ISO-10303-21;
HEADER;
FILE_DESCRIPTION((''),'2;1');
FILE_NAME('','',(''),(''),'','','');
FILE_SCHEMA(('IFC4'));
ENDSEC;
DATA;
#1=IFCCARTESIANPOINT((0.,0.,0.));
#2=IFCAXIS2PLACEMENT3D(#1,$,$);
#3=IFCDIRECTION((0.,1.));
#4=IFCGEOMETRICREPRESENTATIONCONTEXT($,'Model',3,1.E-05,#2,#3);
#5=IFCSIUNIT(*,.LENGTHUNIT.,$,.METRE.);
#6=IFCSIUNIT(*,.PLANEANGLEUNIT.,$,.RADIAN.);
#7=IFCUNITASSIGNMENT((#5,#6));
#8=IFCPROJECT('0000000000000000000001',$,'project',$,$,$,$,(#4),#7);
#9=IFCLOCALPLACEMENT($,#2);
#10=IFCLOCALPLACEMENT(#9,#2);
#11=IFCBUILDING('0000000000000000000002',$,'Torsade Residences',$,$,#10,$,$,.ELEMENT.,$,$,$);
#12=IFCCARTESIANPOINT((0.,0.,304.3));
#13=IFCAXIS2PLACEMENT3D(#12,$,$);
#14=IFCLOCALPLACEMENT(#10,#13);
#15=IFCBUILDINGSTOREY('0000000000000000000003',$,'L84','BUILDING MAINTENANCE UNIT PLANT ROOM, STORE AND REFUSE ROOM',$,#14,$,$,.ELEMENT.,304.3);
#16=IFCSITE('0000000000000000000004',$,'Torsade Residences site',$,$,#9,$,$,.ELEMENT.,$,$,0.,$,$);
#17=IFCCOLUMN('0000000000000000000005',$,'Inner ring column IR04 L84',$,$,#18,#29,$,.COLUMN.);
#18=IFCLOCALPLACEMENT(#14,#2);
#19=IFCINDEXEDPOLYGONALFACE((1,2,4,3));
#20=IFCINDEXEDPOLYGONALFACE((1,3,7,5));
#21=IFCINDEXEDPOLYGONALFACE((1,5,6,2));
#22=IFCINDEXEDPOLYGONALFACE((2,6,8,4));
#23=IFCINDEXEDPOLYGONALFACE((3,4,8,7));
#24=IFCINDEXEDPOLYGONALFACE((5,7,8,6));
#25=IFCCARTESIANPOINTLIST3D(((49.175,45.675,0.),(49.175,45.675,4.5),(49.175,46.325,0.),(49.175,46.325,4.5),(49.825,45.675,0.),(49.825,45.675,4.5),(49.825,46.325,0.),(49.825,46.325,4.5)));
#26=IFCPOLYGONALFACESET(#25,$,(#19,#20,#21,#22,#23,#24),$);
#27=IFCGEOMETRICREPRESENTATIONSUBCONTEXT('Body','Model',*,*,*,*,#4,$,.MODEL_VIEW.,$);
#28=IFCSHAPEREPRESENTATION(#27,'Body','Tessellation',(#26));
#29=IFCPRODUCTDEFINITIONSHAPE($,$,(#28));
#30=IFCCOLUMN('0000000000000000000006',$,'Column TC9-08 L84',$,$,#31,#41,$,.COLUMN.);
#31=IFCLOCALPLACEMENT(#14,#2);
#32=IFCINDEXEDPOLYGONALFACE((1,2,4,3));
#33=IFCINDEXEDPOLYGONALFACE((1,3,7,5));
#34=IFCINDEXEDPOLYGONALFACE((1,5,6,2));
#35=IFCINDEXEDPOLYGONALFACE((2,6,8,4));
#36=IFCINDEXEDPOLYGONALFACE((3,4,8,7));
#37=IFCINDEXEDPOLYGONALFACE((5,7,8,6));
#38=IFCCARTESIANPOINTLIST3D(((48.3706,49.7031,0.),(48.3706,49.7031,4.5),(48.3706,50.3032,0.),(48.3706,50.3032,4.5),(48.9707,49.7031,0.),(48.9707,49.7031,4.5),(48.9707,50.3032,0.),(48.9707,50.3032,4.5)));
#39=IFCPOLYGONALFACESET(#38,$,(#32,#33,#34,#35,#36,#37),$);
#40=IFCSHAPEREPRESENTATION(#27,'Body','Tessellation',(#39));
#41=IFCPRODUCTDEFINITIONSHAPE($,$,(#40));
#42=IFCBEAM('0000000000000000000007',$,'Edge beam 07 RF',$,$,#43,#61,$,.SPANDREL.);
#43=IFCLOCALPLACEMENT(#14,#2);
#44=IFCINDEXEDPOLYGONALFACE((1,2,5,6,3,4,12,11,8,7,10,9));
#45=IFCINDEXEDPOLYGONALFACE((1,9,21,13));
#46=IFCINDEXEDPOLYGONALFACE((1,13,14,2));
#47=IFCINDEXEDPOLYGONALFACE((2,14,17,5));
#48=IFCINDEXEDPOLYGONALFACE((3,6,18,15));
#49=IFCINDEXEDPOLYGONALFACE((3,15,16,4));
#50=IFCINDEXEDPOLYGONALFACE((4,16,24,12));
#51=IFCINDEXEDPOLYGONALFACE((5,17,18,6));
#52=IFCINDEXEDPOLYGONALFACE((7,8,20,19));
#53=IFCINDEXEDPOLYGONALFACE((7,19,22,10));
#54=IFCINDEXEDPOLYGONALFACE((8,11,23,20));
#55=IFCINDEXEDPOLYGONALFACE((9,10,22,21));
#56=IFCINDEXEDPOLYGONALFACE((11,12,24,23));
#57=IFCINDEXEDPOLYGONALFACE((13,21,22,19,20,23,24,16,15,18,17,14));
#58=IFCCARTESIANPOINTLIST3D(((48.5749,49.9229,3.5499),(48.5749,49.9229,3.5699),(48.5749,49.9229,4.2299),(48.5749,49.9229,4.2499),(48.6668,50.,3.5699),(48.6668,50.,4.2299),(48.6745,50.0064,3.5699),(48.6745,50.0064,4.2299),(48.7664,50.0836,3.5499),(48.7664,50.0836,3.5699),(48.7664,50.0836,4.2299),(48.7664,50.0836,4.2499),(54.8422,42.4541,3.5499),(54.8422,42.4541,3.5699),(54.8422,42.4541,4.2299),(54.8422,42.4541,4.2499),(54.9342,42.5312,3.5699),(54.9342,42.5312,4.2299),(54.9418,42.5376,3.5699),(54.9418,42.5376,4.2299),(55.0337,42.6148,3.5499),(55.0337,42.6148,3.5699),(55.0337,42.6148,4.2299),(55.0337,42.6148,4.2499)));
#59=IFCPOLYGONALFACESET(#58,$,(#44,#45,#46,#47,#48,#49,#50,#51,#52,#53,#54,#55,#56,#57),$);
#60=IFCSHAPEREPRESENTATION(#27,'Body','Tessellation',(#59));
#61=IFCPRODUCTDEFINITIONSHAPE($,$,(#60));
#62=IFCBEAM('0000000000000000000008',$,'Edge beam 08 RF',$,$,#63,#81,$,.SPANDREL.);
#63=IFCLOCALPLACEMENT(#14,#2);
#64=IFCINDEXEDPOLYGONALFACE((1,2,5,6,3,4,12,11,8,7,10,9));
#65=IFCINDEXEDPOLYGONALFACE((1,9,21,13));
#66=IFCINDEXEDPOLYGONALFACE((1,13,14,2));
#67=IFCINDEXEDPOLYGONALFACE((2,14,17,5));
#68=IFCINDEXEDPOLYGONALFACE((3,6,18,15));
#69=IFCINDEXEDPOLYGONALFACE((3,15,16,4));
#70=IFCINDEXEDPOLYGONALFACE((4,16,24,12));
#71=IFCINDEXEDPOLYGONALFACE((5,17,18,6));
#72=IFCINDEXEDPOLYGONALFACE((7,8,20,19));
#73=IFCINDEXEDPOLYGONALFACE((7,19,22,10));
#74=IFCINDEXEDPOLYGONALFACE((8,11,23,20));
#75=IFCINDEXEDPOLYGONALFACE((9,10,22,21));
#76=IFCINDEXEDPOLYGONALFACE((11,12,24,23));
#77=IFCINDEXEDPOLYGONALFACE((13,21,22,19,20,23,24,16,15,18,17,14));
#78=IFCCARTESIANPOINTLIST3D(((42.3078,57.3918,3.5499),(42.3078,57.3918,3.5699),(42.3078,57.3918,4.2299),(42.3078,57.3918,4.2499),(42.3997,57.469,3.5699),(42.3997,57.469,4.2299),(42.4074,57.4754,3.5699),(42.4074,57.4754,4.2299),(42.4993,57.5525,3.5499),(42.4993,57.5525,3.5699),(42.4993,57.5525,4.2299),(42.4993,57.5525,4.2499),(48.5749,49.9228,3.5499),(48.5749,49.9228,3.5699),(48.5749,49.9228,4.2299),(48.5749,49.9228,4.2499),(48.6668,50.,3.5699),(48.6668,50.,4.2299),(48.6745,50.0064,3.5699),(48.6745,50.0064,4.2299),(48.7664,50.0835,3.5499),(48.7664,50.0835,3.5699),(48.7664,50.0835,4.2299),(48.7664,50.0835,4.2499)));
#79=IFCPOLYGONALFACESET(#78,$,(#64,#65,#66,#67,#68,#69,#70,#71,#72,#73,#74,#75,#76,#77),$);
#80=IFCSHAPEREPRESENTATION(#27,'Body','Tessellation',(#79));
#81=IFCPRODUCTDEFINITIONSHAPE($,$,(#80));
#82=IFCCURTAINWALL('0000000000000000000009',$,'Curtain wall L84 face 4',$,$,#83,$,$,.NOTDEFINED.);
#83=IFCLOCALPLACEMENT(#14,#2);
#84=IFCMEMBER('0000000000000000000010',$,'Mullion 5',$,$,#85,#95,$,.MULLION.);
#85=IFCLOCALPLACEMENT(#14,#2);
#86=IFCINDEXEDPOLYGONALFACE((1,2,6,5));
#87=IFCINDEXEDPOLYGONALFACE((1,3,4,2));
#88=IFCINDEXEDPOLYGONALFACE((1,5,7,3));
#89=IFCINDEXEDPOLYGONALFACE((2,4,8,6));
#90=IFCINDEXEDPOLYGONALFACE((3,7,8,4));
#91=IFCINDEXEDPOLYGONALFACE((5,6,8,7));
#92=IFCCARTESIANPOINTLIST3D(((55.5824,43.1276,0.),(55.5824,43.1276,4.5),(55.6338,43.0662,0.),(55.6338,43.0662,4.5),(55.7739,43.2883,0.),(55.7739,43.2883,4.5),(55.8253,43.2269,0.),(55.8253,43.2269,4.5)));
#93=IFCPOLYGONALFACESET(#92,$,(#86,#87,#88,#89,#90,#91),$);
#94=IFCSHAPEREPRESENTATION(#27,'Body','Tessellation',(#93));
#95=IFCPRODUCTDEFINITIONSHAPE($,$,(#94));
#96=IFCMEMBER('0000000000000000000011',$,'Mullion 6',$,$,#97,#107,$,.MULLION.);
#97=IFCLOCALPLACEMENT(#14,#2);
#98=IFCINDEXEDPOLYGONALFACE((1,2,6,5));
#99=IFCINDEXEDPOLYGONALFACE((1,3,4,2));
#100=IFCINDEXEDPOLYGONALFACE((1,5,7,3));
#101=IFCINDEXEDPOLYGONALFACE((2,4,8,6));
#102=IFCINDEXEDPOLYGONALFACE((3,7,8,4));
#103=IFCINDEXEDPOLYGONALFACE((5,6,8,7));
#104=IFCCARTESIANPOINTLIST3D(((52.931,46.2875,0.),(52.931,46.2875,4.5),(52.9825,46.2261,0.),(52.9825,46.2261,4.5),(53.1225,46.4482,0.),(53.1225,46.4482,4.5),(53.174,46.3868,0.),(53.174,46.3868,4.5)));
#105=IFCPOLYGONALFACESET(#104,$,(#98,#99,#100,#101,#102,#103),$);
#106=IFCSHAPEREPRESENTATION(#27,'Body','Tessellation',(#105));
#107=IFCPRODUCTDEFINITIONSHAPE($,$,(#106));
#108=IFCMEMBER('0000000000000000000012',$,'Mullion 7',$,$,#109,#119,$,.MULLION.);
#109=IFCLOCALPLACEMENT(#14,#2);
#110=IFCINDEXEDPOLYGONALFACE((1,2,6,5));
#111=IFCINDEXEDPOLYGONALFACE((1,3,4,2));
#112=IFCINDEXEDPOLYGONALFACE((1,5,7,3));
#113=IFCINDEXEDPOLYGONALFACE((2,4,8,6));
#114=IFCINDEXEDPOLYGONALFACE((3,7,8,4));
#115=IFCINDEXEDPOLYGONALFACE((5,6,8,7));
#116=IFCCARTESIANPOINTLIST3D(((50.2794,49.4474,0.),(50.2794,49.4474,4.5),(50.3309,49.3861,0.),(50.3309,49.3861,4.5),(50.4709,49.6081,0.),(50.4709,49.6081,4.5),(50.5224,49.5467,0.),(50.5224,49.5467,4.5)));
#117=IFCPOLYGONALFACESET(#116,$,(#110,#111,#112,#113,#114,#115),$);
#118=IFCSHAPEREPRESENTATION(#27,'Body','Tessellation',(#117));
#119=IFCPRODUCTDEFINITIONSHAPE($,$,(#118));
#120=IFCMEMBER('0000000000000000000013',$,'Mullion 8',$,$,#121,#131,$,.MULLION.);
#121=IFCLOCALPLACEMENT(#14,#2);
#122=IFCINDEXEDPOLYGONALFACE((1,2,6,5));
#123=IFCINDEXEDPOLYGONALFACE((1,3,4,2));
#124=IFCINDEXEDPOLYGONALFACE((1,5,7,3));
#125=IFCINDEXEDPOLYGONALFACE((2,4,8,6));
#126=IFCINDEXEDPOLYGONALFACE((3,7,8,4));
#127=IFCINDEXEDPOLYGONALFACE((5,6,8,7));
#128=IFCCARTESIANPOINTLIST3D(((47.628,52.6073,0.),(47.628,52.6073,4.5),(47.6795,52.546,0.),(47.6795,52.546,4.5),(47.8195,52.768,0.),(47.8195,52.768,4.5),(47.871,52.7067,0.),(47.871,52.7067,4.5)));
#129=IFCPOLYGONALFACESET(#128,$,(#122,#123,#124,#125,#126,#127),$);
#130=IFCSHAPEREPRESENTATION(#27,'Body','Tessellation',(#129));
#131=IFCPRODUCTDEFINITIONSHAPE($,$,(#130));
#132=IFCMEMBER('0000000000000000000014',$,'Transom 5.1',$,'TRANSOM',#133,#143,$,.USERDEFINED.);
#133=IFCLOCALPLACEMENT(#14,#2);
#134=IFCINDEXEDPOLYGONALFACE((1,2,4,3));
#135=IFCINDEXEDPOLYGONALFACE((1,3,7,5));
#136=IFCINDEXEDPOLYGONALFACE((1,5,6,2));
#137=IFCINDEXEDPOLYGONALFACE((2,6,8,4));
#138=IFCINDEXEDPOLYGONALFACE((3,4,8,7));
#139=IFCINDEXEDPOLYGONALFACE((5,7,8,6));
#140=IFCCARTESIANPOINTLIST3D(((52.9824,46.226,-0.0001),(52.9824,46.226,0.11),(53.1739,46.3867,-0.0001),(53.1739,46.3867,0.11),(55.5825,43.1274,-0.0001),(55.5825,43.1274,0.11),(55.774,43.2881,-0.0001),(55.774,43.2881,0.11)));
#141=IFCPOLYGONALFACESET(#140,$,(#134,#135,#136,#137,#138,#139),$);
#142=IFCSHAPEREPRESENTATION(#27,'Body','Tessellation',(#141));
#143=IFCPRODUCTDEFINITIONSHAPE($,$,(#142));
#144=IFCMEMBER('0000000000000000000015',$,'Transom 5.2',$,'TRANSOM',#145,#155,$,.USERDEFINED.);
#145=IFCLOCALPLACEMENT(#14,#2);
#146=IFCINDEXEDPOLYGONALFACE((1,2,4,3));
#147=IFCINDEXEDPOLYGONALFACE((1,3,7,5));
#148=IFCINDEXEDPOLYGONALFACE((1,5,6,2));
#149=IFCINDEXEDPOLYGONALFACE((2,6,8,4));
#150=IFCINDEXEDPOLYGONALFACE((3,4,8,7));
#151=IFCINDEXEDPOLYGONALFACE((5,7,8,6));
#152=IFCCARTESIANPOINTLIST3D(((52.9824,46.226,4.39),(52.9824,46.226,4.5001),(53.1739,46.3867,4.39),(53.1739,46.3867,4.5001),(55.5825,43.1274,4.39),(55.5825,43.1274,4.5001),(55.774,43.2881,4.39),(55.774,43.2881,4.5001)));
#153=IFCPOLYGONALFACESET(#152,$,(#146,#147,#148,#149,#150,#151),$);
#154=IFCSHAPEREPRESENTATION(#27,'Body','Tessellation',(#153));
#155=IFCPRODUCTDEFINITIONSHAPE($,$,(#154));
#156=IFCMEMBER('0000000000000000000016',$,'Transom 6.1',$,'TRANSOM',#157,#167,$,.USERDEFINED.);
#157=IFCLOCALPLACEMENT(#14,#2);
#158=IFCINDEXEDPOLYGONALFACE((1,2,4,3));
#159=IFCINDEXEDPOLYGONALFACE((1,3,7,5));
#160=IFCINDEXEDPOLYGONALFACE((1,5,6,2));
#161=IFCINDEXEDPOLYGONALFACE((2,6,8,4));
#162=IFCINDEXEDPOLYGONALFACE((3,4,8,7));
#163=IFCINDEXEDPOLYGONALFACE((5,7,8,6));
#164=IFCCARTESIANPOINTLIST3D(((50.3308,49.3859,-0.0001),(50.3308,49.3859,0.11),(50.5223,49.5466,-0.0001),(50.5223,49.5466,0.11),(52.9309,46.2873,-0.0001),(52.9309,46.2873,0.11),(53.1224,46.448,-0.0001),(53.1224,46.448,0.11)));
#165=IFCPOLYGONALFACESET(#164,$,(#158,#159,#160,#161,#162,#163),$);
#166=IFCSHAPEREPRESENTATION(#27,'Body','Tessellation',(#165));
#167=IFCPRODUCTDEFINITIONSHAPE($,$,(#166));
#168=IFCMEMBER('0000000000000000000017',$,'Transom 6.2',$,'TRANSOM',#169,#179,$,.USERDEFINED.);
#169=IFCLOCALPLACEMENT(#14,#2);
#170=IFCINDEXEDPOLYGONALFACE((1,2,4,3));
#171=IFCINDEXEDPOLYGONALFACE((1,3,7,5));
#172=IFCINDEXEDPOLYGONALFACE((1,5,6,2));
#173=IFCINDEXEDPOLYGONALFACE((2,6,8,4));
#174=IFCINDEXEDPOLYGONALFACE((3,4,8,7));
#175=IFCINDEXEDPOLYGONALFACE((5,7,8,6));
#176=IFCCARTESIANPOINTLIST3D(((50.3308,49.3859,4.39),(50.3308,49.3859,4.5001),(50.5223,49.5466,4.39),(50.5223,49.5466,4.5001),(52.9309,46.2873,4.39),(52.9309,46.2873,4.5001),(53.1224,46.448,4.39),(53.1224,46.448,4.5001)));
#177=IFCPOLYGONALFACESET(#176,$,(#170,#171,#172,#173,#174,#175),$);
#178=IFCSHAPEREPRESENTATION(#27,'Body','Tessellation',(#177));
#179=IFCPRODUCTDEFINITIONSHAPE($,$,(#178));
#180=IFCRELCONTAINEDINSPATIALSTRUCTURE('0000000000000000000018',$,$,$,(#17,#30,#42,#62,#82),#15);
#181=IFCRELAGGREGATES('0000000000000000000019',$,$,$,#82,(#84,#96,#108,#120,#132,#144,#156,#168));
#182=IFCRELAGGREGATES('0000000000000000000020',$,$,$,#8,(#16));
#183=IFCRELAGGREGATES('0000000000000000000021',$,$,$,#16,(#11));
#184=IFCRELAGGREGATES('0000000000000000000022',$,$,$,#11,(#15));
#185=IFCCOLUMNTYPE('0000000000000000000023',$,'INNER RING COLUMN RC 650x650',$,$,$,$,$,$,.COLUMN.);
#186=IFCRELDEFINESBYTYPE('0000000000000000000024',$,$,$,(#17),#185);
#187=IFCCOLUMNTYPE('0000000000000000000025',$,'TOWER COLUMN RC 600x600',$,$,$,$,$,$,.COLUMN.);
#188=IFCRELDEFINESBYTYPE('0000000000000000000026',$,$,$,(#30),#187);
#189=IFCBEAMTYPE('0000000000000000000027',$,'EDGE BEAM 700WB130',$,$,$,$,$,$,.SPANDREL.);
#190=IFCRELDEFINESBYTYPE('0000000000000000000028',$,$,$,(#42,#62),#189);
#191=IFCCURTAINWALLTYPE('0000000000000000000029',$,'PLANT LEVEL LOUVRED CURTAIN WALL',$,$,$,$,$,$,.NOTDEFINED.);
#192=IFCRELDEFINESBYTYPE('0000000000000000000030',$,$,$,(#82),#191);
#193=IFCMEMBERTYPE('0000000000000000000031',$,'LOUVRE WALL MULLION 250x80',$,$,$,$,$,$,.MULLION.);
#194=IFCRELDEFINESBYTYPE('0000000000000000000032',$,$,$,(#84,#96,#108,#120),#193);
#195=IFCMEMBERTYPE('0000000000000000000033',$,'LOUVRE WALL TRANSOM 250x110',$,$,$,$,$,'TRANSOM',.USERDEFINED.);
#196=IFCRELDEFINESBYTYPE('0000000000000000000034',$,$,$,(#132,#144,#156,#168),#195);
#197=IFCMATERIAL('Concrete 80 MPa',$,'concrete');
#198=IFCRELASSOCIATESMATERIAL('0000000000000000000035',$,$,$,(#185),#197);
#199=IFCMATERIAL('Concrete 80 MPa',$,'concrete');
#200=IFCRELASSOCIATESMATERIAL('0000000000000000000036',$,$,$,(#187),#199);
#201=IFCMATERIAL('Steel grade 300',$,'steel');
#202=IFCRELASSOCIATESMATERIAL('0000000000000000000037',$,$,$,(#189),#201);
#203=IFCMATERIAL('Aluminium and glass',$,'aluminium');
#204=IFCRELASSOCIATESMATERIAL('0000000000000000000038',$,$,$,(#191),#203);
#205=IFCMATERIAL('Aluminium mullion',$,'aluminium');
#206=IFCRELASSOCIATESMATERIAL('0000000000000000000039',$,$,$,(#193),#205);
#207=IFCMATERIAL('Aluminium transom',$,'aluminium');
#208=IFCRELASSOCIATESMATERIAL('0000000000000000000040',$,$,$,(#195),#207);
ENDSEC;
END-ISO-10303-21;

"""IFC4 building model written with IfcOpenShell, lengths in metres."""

from ifc_helpers import new_model, si_unit, direction, frame, origin, origin_2d, place, context, subcontext, project, spatial, rectangle, i_section, extrude, material, material_profile, profile_set, type_object, element, aggregate, save


model = new_model("IFC4")

# Units and contexts
model_context = context("Model", 3, precision=1e-05, world=origin(), true_north=direction((0.0, 1.0)))
body_context = subcontext(model_context, "Body", "Model", "MODEL_VIEW")
ifc_project = project(units=[si_unit("LENGTHUNIT", "METRE"), si_unit("PLANEANGLEUNIT", "RADIAN")], contexts=[model_context])

# Site, building, storey
site_placement = place(None, origin())
site = spatial("IfcSite", under=ifc_project, at=site_placement, Name="Torsade Residences site", CompositionType="ELEMENT", RefElevation=0.0)
building_placement = place(site_placement, origin())
building = spatial("IfcBuilding", under=site, at=building_placement, Name="Torsade Residences", CompositionType="ELEMENT")
storey_placement = place(building_placement, frame((0.0, 0.0, 304.3)))
storey = spatial("IfcBuildingStorey", under=building, at=storey_placement, Name="L84", Description="BUILDING MAINTENANCE UNIT PLANT ROOM, STORE AND REFUSE ROOM", CompositionType="ELEMENT", Elevation=304.3)

# Columns
ifc_material_1 = material(Name="Concrete 80 MPa", Category="concrete")
ifc_material_profile_1 = material_profile(ifc_material_1, rectangle(XDim=0.6499, YDim=0.6499, at=origin_2d()), Name="RC 650x650")
ifc_profile_set_1 = profile_set([ifc_material_profile_1], Name="Concrete 80 MPa")
column_type_1 = type_object("IfcColumnType", Name="INNER RING COLUMN RC 650x650", PredefinedType="COLUMN", material=ifc_profile_set_1)
column_1_placement = place(storey_placement, frame((49.5, 46.0, 0.0), z_axis=(0.0, 0.0, 1.0), x_axis=(1.0, 0.0, 0.0)))
element("IfcColumn", 1, at=column_1_placement, inside=storey, type_object=column_type_1, Name="Inner ring column IR04 L84", PredefinedType="COLUMN", context=body_context, shape_type="SweptSolid", body=[
    extrude(rectangle(XDim=0.6499, YDim=0.6499, at=origin_2d()), origin(), (0.0, 0.0, 1.0), 4.5),
])
ifc_material_2 = material(Name="Concrete 80 MPa", Category="concrete")
ifc_material_profile_2 = material_profile(ifc_material_2, rectangle(XDim=0.6001, YDim=0.6001, at=origin_2d()), Name="RC 600x600")
ifc_profile_set_2 = profile_set([ifc_material_profile_2], Name="Concrete 80 MPa")
column_type_2 = type_object("IfcColumnType", Name="TOWER COLUMN RC 600x600", PredefinedType="COLUMN", material=ifc_profile_set_2)
column_2_placement = place(storey_placement, frame((48.6707, 50.0032, 0.0), z_axis=(0.0, 0.0, 1.0), x_axis=(1.0, 0.0, 0.0)))
element("IfcColumn", 2, at=column_2_placement, inside=storey, type_object=column_type_2, Name="Column TC9-08 L84", PredefinedType="COLUMN", context=body_context, shape_type="SweptSolid", body=[
    extrude(rectangle(XDim=0.6001, YDim=0.6001, at=origin_2d()), origin(), (0.0, 0.0, 1.0), 4.5),
])

# Beams
ifc_material_3 = material(Name="Steel grade 300", Category="steel")
ifc_material_profile_3 = material_profile(ifc_material_3, i_section(OverallWidth=0.25, OverallDepth=0.7, WebThickness=0.01, FlangeThickness=0.02, at=origin_2d()), Name="700WB130")
ifc_profile_set_3 = profile_set([ifc_material_profile_3], Name="Steel grade 300")
beam_type_1 = type_object("IfcBeamType", Name="EDGE BEAM 700WB130", PredefinedType="SPANDREL", material=ifc_profile_set_3)
for number, where, z_axis, x_axis, name in (
    (3, (54.938, 42.5344, 3.8999), (-0.642806, 0.766029, 0.0), (-0.766029, -0.642806, 0.0), "Edge beam 07 RF"),
    (4, (48.6707, 50.0032, 3.8999), (-0.642779, 0.766052, 0.0), (-0.766052, -0.642779, 0.0), "Edge beam 08 RF"),
):
    element("IfcBeam", number, at=place(storey_placement, frame(where, z_axis=z_axis, x_axis=x_axis)), inside=storey, type_object=beam_type_1, Name=name, PredefinedType="SPANDREL", context=body_context, shape_type="SweptSolid", body=[
        extrude(i_section(OverallWidth=0.25, OverallDepth=0.7, WebThickness=0.01, FlangeThickness=0.02, at=origin_2d()), origin(), (0.0, 0.0, 1.0), 9.75),
    ])

# Curtain wall, members
ifc_material_4 = material(Name="Aluminium and glass", Category="aluminium")
curtain_wall_type = type_object("IfcCurtainWallType", Name="PLANT LEVEL LOUVRED CURTAIN WALL", PredefinedType="NOTDEFINED", material=ifc_material_4)
curtain_wall_placement = place(storey_placement, origin())
curtain_wall = element("IfcCurtainWall", 5, at=curtain_wall_placement, inside=storey, type_object=curtain_wall_type, Name="Curtain wall L84 face 4", PredefinedType="NOTDEFINED")
ifc_material_5 = material(Name="Aluminium mullion", Category="aluminium")
ifc_material_profile_4 = material_profile(ifc_material_5, rectangle(XDim=0.25, YDim=0.0801, at=origin_2d()), Name="LOUVRE WALL MULLION 250x80")
ifc_profile_set_4 = profile_set([ifc_material_profile_4], Name="Aluminium mullion")
member_type_1 = type_object("IfcMemberType", Name="LOUVRE WALL MULLION 250x80", PredefinedType="MULLION", material=ifc_profile_set_4)
member_1_placement = place(storey_placement, frame((55.7039, 43.1772, 0.0), z_axis=(0.0, 0.0, 1.0), x_axis=(-0.766044, -0.642788, 0.0)))
member_1 = element("IfcMember", 6, at=member_1_placement, type_object=member_type_1, Name="Mullion 5", PredefinedType="MULLION", context=body_context, shape_type="SweptSolid", body=[
    extrude(rectangle(XDim=0.25, YDim=0.0801, at=origin_2d()), origin(), (0.0, 0.0, 1.0), 4.5),
])
member_2_placement = place(storey_placement, frame((53.0525, 46.3372, 0.0), z_axis=(0.0, 0.0, 1.0), x_axis=(-0.766044, -0.642788, 0.0)))
member_2 = element("IfcMember", 7, at=member_2_placement, type_object=member_type_1, Name="Mullion 6", PredefinedType="MULLION", context=body_context, shape_type="SweptSolid", body=[
    extrude(rectangle(XDim=0.25, YDim=0.0801, at=origin_2d()), origin(), (0.0, 0.0, 1.0), 4.5),
])
member_3_placement = place(storey_placement, frame((50.4009, 49.4971, 0.0), z_axis=(0.0, 0.0, 1.0), x_axis=(-0.766044, -0.642788, 0.0)))
member_3 = element("IfcMember", 8, at=member_3_placement, type_object=member_type_1, Name="Mullion 7", PredefinedType="MULLION", context=body_context, shape_type="SweptSolid", body=[
    extrude(rectangle(XDim=0.25, YDim=0.0801, at=origin_2d()), origin(), (0.0, 0.0, 1.0), 4.5),
])
member_4_placement = place(storey_placement, frame((47.7495, 52.657, 0.0), z_axis=(0.0, 0.0, 1.0), x_axis=(-0.766044, -0.642788, 0.0)))
member_4 = element("IfcMember", 9, at=member_4_placement, type_object=member_type_1, Name="Mullion 8", PredefinedType="MULLION", context=body_context, shape_type="SweptSolid", body=[
    extrude(rectangle(XDim=0.25, YDim=0.0801, at=origin_2d()), origin(), (0.0, 0.0, 1.0), 4.5),
])
ifc_material_6 = material(Name="Aluminium transom", Category="aluminium")
ifc_material_profile_5 = material_profile(ifc_material_6, rectangle(XDim=0.25, YDim=0.1101, at=origin_2d()), Name="LOUVRE WALL TRANSOM 250x110")
ifc_profile_set_5 = profile_set([ifc_material_profile_5], Name="Aluminium transom")
member_type_2 = type_object("IfcMemberType", Name="LOUVRE WALL TRANSOM 250x110", ElementType="TRANSOM", PredefinedType="USERDEFINED", material=ifc_profile_set_5)
member_5_placement = place(storey_placement, frame((55.6782, 43.2078, 0.0549), z_axis=(-0.642793, 0.76604, 0.0), x_axis=(-0.76604, -0.642793, 0.0)))
member_5 = element("IfcMember", 10, at=member_5_placement, type_object=member_type_2, Name="Transom 5.1", ObjectType="TRANSOM", PredefinedType="USERDEFINED", context=body_context, shape_type="SweptSolid", body=[
    extrude(rectangle(XDim=0.25, YDim=0.1101, at=origin_2d()), origin(), (0.0, 0.0, 1.0), 4.0449),
])
member_6_placement = place(storey_placement, frame((55.6782, 43.2078, 4.4451), z_axis=(-0.642793, 0.76604, 0.0), x_axis=(-0.76604, -0.642793, 0.0)))
member_6 = element("IfcMember", 11, at=member_6_placement, type_object=member_type_2, Name="Transom 5.2", ObjectType="TRANSOM", PredefinedType="USERDEFINED", context=body_context, shape_type="SweptSolid", body=[
    extrude(rectangle(XDim=0.25, YDim=0.1101, at=origin_2d()), origin(), (0.0, 0.0, 1.0), 4.0449),
])
member_7_placement = place(storey_placement, frame((53.0266, 46.3677, 0.0549), z_axis=(-0.642793, 0.76604, 0.0), x_axis=(-0.76604, -0.642793, 0.0)))
member_7 = element("IfcMember", 12, at=member_7_placement, type_object=member_type_2, Name="Transom 6.1", ObjectType="TRANSOM", PredefinedType="USERDEFINED", context=body_context, shape_type="SweptSolid", body=[
    extrude(rectangle(XDim=0.25, YDim=0.1101, at=origin_2d()), origin(), (0.0, 0.0, 1.0), 4.0449),
])
member_8_placement = place(storey_placement, frame((53.0266, 46.3677, 4.4451), z_axis=(-0.642793, 0.76604, 0.0), x_axis=(-0.76604, -0.642793, 0.0)))
member_8 = element("IfcMember", 13, at=member_8_placement, type_object=member_type_2, Name="Transom 6.2", ObjectType="TRANSOM", PredefinedType="USERDEFINED", context=body_context, shape_type="SweptSolid", body=[
    extrude(rectangle(XDim=0.25, YDim=0.1101, at=origin_2d()), origin(), (0.0, 0.0, 1.0), 4.0449),
])

aggregate(curtain_wall, [member_1, member_2, member_3, member_4, member_5, member_6, member_7, member_8])

save(model, "model.ifc")
